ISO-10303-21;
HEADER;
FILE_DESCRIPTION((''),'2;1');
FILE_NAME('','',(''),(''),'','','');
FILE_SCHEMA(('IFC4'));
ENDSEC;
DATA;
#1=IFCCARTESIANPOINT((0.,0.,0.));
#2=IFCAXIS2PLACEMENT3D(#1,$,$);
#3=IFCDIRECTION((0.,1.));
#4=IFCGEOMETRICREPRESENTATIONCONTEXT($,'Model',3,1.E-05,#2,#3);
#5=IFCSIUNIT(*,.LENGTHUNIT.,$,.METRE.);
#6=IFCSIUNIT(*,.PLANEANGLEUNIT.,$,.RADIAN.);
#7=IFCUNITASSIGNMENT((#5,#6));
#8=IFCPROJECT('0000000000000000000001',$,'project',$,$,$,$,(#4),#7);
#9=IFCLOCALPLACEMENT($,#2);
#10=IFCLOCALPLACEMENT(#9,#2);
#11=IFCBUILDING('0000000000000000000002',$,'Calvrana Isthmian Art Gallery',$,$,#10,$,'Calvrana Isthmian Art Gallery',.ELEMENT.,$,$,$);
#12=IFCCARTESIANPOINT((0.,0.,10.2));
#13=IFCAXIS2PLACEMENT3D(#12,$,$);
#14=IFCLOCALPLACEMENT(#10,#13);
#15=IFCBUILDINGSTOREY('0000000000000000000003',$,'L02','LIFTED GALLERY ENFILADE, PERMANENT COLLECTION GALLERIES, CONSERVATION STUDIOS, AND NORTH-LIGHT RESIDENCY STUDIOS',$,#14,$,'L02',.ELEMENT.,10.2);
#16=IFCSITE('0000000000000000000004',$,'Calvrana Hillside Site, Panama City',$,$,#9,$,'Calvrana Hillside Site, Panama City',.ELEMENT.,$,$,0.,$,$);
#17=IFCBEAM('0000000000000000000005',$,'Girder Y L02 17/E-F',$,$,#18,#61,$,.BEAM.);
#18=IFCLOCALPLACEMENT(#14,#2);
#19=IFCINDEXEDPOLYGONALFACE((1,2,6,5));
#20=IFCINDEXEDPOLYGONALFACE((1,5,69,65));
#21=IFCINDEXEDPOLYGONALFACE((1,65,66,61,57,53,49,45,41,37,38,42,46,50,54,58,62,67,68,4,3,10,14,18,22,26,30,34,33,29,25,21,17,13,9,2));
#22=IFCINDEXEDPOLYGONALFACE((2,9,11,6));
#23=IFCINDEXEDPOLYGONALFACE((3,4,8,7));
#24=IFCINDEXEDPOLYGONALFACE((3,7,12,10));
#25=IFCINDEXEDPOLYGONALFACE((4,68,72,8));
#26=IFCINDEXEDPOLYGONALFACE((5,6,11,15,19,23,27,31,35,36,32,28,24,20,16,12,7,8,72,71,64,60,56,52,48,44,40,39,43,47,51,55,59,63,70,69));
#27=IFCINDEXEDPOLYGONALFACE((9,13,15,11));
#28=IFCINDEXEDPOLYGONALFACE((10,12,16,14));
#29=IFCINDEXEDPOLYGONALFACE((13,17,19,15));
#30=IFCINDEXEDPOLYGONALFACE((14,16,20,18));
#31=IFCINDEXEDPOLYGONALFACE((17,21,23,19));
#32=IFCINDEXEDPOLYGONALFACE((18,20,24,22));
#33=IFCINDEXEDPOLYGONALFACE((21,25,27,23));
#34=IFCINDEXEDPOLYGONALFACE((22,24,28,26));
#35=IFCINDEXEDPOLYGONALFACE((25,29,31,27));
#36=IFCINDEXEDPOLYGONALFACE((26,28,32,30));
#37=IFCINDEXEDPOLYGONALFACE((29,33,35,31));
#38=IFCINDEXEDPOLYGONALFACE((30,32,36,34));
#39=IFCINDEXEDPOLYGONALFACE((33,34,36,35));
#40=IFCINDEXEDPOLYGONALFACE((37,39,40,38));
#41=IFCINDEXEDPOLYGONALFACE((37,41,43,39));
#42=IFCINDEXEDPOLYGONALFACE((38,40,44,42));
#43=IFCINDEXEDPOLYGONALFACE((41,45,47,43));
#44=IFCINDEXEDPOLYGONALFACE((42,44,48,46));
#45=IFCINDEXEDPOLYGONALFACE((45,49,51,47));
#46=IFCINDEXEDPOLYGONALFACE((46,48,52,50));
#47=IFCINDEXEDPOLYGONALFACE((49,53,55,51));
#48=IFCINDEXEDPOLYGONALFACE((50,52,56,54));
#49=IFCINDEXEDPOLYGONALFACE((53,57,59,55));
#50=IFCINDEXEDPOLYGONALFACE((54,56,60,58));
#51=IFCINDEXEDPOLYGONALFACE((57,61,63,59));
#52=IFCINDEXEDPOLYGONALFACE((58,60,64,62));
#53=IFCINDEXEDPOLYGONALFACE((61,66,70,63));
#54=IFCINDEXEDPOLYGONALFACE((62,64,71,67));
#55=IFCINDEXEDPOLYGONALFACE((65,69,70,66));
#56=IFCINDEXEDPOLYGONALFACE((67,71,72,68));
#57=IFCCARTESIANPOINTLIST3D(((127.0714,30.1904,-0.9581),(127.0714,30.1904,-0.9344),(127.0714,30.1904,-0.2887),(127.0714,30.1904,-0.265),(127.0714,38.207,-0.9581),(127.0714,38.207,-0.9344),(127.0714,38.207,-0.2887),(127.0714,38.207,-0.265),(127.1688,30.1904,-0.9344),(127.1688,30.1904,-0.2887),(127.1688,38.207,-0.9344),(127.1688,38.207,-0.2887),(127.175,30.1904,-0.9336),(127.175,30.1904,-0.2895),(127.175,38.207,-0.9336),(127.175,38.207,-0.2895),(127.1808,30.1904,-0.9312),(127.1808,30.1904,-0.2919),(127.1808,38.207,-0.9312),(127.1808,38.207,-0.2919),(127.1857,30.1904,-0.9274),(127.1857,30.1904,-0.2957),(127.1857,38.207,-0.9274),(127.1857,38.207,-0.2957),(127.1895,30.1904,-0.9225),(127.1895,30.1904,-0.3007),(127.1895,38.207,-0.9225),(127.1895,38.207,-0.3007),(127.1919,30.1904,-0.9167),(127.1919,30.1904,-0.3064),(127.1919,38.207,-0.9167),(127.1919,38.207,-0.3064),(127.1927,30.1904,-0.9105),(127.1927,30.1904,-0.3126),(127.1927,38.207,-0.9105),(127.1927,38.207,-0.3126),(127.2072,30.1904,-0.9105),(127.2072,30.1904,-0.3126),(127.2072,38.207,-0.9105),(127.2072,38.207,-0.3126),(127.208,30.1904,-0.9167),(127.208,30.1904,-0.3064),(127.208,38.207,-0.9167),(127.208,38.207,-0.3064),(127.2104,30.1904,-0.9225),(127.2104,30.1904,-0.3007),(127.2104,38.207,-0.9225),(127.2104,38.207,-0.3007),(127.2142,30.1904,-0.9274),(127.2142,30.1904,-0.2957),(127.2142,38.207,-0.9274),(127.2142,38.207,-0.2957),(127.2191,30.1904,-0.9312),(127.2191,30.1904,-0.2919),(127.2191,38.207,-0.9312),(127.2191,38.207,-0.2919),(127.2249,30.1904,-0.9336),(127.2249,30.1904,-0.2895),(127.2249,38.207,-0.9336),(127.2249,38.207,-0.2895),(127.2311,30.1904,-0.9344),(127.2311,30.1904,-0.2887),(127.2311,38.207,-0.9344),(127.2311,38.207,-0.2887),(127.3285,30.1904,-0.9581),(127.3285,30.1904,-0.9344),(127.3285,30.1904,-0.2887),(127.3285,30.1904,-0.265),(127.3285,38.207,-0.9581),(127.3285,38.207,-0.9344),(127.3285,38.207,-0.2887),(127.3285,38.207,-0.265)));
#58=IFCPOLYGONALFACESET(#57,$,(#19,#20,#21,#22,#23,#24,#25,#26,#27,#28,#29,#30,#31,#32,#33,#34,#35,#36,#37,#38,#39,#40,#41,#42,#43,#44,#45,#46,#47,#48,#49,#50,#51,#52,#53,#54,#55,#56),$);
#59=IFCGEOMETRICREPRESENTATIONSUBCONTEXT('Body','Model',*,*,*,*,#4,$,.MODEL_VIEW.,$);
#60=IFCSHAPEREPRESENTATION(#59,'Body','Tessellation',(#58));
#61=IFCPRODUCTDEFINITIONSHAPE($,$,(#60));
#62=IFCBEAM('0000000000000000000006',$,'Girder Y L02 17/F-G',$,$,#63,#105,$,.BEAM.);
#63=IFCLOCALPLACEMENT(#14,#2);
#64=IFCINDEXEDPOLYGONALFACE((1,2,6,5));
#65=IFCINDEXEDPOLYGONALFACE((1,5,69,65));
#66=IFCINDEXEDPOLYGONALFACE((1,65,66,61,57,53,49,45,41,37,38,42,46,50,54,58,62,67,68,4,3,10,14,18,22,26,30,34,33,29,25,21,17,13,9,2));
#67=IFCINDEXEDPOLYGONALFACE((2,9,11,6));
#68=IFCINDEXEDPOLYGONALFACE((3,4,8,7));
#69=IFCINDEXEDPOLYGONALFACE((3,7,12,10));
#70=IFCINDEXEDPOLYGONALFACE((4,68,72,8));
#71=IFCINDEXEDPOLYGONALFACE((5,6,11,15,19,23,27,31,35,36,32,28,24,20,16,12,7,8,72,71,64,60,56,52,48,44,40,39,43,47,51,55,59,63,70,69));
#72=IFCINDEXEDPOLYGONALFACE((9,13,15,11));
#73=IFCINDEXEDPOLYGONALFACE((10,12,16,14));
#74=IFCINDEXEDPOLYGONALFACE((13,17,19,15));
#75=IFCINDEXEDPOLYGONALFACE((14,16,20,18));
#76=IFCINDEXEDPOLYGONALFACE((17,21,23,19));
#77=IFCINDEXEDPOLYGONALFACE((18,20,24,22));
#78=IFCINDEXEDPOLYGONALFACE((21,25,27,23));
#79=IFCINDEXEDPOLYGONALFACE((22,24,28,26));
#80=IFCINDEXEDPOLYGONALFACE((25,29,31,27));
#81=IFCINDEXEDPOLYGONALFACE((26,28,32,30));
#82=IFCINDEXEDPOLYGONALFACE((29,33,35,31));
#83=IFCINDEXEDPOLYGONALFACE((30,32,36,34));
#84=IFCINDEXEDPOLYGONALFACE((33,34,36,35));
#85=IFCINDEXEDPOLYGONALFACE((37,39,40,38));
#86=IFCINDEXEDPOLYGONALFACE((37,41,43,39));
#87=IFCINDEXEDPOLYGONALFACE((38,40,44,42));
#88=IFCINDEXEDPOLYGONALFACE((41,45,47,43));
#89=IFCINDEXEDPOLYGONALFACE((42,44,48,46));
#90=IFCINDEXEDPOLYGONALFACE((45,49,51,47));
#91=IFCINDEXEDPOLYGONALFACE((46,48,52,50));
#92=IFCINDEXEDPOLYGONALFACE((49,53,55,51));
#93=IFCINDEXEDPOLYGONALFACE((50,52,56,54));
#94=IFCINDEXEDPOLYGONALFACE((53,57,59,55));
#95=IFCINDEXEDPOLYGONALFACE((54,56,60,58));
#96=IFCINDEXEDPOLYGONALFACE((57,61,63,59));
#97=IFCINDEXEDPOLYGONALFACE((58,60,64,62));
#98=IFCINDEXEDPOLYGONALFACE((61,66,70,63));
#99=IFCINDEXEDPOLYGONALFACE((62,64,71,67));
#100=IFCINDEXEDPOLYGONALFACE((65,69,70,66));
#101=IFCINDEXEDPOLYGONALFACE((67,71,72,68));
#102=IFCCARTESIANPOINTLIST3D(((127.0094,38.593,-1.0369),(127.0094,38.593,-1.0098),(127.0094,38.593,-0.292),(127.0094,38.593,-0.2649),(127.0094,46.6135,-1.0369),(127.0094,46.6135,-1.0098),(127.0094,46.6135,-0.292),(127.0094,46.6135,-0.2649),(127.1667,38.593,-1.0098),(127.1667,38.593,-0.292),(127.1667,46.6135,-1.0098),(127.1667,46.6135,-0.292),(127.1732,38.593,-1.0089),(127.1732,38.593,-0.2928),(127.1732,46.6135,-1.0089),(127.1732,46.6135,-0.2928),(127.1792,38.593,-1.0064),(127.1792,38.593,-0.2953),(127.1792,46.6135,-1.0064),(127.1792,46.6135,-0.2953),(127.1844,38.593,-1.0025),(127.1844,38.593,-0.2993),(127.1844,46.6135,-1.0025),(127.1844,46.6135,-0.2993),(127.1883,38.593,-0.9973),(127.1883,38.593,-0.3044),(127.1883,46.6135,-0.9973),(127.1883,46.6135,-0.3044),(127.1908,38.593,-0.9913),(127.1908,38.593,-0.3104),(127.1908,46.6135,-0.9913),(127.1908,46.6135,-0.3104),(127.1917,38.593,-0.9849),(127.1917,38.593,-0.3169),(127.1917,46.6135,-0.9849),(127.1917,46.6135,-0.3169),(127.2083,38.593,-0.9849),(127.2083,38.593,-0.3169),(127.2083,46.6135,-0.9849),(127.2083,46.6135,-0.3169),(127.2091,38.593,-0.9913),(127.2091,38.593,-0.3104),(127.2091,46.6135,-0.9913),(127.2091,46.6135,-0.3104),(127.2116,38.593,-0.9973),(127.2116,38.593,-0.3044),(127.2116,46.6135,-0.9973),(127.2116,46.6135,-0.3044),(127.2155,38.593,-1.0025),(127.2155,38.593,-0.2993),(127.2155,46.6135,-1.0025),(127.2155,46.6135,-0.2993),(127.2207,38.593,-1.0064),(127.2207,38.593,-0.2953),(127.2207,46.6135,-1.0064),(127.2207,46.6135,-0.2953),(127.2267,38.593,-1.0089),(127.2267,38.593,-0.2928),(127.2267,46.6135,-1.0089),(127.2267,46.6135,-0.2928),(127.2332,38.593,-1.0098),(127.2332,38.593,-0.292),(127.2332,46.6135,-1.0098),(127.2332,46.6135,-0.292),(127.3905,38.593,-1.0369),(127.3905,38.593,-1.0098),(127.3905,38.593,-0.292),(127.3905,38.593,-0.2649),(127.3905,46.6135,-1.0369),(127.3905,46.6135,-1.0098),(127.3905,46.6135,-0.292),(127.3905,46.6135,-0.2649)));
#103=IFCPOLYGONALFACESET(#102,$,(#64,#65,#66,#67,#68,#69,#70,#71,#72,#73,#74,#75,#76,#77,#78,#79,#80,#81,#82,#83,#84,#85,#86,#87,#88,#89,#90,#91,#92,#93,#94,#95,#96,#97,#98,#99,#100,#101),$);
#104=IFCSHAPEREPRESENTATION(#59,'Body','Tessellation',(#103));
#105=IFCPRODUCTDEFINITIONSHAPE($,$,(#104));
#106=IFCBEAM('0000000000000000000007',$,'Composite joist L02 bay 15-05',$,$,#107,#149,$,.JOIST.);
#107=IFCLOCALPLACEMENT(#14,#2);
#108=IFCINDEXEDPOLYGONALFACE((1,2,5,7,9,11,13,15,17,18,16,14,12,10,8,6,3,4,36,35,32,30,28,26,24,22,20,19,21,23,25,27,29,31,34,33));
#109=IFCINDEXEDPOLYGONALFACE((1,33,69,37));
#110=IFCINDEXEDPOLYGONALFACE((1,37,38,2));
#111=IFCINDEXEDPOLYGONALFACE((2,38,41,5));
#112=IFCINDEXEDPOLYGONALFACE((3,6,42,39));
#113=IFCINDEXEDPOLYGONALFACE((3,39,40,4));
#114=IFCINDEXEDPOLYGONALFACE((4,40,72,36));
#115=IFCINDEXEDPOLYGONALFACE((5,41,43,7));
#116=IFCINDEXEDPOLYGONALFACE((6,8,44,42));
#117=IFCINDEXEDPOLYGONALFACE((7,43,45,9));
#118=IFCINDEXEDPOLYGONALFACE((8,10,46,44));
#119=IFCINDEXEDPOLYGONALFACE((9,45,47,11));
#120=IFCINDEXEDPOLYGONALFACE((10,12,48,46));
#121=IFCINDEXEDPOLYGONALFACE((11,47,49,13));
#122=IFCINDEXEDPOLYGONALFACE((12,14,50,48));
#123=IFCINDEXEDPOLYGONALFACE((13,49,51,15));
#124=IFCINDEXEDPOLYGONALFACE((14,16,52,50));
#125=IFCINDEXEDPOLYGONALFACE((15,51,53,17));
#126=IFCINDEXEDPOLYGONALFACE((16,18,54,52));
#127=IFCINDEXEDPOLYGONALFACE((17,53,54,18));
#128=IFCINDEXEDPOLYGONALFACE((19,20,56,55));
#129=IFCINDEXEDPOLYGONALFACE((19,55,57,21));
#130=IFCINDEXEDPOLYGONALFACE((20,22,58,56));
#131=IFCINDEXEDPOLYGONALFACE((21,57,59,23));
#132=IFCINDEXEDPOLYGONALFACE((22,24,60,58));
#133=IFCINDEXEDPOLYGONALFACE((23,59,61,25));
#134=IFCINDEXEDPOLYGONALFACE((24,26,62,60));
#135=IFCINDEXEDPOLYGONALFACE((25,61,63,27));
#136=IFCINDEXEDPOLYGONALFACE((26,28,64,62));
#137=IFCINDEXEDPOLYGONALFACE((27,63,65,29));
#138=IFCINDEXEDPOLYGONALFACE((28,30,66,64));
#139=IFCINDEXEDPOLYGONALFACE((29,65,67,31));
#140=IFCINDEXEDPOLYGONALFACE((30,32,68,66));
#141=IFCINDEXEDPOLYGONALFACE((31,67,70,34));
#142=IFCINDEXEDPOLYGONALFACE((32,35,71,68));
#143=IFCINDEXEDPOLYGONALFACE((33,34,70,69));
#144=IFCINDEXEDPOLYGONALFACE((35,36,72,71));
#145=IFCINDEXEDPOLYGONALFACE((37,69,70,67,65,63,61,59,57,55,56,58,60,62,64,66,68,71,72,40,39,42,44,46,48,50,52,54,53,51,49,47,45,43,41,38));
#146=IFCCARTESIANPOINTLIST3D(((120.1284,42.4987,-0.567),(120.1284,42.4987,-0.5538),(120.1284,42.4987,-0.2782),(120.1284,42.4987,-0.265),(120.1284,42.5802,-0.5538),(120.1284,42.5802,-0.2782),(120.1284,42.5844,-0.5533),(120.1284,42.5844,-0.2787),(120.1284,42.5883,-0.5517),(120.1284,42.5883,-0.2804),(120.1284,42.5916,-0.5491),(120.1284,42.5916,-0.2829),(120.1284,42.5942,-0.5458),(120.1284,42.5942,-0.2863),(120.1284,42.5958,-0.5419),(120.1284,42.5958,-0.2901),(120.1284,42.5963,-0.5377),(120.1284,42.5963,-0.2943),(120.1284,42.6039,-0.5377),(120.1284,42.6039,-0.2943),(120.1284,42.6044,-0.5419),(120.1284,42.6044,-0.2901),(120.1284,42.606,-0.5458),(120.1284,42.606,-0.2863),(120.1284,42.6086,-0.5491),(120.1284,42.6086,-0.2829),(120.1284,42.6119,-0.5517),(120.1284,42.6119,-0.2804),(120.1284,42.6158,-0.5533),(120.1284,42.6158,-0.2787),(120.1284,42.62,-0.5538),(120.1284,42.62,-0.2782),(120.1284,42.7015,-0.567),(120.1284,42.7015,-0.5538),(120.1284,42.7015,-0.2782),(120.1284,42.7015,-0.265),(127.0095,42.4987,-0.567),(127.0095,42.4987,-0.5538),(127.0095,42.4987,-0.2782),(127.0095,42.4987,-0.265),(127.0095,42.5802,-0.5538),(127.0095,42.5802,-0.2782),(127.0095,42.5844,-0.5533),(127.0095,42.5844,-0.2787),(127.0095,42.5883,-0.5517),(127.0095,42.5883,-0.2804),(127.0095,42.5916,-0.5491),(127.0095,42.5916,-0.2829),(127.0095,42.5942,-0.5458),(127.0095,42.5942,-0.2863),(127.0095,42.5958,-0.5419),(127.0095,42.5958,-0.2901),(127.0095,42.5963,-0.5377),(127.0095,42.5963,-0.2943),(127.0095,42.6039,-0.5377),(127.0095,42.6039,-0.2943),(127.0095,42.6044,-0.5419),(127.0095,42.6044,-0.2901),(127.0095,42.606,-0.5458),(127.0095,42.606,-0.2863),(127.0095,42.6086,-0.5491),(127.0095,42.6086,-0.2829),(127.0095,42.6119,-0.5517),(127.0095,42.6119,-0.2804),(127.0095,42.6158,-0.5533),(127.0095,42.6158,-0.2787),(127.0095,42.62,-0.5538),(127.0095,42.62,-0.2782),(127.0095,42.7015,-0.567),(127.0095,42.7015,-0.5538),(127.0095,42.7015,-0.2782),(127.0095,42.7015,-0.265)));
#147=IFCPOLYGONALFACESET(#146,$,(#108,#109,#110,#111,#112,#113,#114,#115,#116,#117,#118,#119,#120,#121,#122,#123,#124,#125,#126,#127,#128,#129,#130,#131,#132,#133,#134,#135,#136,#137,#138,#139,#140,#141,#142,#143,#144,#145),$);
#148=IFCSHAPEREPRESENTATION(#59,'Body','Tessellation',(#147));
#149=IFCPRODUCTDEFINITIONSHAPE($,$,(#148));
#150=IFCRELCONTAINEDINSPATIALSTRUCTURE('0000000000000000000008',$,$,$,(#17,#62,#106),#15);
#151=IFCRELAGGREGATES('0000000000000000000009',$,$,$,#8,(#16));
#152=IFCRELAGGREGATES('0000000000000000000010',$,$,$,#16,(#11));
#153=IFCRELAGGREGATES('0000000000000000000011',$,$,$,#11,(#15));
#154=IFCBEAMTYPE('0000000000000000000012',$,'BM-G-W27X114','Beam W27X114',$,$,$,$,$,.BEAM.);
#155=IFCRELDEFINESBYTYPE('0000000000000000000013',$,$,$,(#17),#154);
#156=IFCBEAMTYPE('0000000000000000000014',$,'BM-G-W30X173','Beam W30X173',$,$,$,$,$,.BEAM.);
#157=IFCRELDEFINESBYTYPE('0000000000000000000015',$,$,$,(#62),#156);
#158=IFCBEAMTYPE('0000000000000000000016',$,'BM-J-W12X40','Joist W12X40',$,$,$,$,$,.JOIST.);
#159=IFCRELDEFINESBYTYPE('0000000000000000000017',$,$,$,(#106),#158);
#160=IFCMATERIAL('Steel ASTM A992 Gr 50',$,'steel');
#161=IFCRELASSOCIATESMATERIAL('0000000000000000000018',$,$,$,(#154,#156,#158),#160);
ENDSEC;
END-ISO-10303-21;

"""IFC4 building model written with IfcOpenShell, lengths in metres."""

from ifc_helpers import new_model, si_unit, direction, frame, origin, origin_2d, place, context, subcontext, project, spatial, i_section, extrude, material, material_profile, profile_set, type_object, element, save


model = new_model("IFC4")

# Units and contexts
model_context = context("Model", 3, precision=1e-05, world=origin(), true_north=direction((0.0, 1.0)))
body_context = subcontext(model_context, "Body", "Model", "MODEL_VIEW")
ifc_project = project(units=[si_unit("LENGTHUNIT", "METRE"), si_unit("PLANEANGLEUNIT", "RADIAN")], contexts=[model_context])

# Site, building, storey
site_placement = place(None, origin())
site = spatial("IfcSite", under=ifc_project, at=site_placement, Name="Calvrana Hillside Site, Panama City", LongName="Calvrana Hillside Site, Panama City", CompositionType="ELEMENT", RefElevation=0.0)
building_placement = place(site_placement, origin())
building = spatial("IfcBuilding", under=site, at=building_placement, Name="Calvrana Isthmian Art Gallery", LongName="Calvrana Isthmian Art Gallery", CompositionType="ELEMENT")
storey_placement = place(building_placement, frame((0.0, 0.0, 10.2)))
storey = spatial("IfcBuildingStorey", under=building, at=storey_placement, Name="L02", Description="LIFTED GALLERY ENFILADE, PERMANENT COLLECTION GALLERIES, CONSERVATION STUDIOS, AND NORTH-LIGHT RESIDENCY STUDIOS", LongName="L02", CompositionType="ELEMENT", Elevation=10.2)

# Shared definitions
ifc_material_1 = material(Name="Steel ASTM A992 Gr 50", Category="steel")

# Beams
ifc_material_profile_1 = material_profile(ifc_material_1, i_section(OverallWidth=0.2571, OverallDepth=0.6931, WebThickness=0.0144, FlangeThickness=0.0237, FilletRadius=0.0239, at=origin_2d()), Name="W27X114")
ifc_profile_set_1 = profile_set([ifc_material_profile_1], Name="Steel ASTM A992 Gr 50")
beam_type_1 = type_object("IfcBeamType", Name="BM-G-W27X114", Description="Beam W27X114", PredefinedType="BEAM", material=ifc_profile_set_1)
beam_1_placement = place(storey_placement, frame((127.2, 30.1904, -0.6116), z_axis=(0.0, 1.0, 0.0), x_axis=(-1.0, 0.0, 0.0)))
element("IfcBeam", 1, at=beam_1_placement, inside=storey, type_object=beam_type_1, Name="Girder Y L02 17/E-F", PredefinedType="BEAM", context=body_context, shape_type="SweptSolid", body=[
    extrude(i_section(OverallWidth=0.2571, OverallDepth=0.6931, WebThickness=0.0144, FlangeThickness=0.0237, FilletRadius=0.0239, at=origin_2d()), origin(), (0.0, 0.0, 1.0), 8.0166),
])
ifc_material_profile_2 = material_profile(ifc_material_1, i_section(OverallWidth=0.3811, OverallDepth=0.772, WebThickness=0.0166, FlangeThickness=0.0271, FilletRadius=0.0249, at=origin_2d()), Name="W30X173")
ifc_profile_set_2 = profile_set([ifc_material_profile_2], Name="Steel ASTM A992 Gr 50")
beam_type_2 = type_object("IfcBeamType", Name="BM-G-W30X173", Description="Beam W30X173", PredefinedType="BEAM", material=ifc_profile_set_2)
beam_2_placement = place(storey_placement, frame((127.2, 38.593, -0.6509), z_axis=(0.0, 1.0, 0.0), x_axis=(-1.0, 0.0, 0.0)))
element("IfcBeam", 2, at=beam_2_placement, inside=storey, type_object=beam_type_2, Name="Girder Y L02 17/F-G", PredefinedType="BEAM", context=body_context, shape_type="SweptSolid", body=[
    extrude(i_section(OverallWidth=0.3811, OverallDepth=0.772, WebThickness=0.0166, FlangeThickness=0.0271, FilletRadius=0.0249, at=origin_2d()), origin(), (0.0, 0.0, 1.0), 8.0205),
])
ifc_material_profile_3 = material_profile(ifc_material_1, i_section(OverallWidth=0.2029, OverallDepth=0.302, WebThickness=0.0076, FlangeThickness=0.0132, FilletRadius=0.0161, at=origin_2d()), Name="W12X40")
ifc_profile_set_3 = profile_set([ifc_material_profile_3], Name="Steel ASTM A992 Gr 50")
beam_type_3 = type_object("IfcBeamType", Name="BM-J-W12X40", Description="Joist W12X40", PredefinedType="JOIST", material=ifc_profile_set_3)
beam_3_placement = place(storey_placement, frame((120.1284, 42.6001, -0.416), z_axis=(1.0, 0.0, 0.0), x_axis=(0.0, 1.0, 0.0)))
element("IfcBeam", 3, at=beam_3_placement, inside=storey, type_object=beam_type_3, Name="Composite joist L02 bay 15-05", PredefinedType="JOIST", context=body_context, shape_type="SweptSolid", body=[
    extrude(i_section(OverallWidth=0.2029, OverallDepth=0.302, WebThickness=0.0076, FlangeThickness=0.0132, FilletRadius=0.0161, at=origin_2d()), origin(), (0.0, 0.0, 1.0), 6.8811),
])

save(model, "model.ifc")
